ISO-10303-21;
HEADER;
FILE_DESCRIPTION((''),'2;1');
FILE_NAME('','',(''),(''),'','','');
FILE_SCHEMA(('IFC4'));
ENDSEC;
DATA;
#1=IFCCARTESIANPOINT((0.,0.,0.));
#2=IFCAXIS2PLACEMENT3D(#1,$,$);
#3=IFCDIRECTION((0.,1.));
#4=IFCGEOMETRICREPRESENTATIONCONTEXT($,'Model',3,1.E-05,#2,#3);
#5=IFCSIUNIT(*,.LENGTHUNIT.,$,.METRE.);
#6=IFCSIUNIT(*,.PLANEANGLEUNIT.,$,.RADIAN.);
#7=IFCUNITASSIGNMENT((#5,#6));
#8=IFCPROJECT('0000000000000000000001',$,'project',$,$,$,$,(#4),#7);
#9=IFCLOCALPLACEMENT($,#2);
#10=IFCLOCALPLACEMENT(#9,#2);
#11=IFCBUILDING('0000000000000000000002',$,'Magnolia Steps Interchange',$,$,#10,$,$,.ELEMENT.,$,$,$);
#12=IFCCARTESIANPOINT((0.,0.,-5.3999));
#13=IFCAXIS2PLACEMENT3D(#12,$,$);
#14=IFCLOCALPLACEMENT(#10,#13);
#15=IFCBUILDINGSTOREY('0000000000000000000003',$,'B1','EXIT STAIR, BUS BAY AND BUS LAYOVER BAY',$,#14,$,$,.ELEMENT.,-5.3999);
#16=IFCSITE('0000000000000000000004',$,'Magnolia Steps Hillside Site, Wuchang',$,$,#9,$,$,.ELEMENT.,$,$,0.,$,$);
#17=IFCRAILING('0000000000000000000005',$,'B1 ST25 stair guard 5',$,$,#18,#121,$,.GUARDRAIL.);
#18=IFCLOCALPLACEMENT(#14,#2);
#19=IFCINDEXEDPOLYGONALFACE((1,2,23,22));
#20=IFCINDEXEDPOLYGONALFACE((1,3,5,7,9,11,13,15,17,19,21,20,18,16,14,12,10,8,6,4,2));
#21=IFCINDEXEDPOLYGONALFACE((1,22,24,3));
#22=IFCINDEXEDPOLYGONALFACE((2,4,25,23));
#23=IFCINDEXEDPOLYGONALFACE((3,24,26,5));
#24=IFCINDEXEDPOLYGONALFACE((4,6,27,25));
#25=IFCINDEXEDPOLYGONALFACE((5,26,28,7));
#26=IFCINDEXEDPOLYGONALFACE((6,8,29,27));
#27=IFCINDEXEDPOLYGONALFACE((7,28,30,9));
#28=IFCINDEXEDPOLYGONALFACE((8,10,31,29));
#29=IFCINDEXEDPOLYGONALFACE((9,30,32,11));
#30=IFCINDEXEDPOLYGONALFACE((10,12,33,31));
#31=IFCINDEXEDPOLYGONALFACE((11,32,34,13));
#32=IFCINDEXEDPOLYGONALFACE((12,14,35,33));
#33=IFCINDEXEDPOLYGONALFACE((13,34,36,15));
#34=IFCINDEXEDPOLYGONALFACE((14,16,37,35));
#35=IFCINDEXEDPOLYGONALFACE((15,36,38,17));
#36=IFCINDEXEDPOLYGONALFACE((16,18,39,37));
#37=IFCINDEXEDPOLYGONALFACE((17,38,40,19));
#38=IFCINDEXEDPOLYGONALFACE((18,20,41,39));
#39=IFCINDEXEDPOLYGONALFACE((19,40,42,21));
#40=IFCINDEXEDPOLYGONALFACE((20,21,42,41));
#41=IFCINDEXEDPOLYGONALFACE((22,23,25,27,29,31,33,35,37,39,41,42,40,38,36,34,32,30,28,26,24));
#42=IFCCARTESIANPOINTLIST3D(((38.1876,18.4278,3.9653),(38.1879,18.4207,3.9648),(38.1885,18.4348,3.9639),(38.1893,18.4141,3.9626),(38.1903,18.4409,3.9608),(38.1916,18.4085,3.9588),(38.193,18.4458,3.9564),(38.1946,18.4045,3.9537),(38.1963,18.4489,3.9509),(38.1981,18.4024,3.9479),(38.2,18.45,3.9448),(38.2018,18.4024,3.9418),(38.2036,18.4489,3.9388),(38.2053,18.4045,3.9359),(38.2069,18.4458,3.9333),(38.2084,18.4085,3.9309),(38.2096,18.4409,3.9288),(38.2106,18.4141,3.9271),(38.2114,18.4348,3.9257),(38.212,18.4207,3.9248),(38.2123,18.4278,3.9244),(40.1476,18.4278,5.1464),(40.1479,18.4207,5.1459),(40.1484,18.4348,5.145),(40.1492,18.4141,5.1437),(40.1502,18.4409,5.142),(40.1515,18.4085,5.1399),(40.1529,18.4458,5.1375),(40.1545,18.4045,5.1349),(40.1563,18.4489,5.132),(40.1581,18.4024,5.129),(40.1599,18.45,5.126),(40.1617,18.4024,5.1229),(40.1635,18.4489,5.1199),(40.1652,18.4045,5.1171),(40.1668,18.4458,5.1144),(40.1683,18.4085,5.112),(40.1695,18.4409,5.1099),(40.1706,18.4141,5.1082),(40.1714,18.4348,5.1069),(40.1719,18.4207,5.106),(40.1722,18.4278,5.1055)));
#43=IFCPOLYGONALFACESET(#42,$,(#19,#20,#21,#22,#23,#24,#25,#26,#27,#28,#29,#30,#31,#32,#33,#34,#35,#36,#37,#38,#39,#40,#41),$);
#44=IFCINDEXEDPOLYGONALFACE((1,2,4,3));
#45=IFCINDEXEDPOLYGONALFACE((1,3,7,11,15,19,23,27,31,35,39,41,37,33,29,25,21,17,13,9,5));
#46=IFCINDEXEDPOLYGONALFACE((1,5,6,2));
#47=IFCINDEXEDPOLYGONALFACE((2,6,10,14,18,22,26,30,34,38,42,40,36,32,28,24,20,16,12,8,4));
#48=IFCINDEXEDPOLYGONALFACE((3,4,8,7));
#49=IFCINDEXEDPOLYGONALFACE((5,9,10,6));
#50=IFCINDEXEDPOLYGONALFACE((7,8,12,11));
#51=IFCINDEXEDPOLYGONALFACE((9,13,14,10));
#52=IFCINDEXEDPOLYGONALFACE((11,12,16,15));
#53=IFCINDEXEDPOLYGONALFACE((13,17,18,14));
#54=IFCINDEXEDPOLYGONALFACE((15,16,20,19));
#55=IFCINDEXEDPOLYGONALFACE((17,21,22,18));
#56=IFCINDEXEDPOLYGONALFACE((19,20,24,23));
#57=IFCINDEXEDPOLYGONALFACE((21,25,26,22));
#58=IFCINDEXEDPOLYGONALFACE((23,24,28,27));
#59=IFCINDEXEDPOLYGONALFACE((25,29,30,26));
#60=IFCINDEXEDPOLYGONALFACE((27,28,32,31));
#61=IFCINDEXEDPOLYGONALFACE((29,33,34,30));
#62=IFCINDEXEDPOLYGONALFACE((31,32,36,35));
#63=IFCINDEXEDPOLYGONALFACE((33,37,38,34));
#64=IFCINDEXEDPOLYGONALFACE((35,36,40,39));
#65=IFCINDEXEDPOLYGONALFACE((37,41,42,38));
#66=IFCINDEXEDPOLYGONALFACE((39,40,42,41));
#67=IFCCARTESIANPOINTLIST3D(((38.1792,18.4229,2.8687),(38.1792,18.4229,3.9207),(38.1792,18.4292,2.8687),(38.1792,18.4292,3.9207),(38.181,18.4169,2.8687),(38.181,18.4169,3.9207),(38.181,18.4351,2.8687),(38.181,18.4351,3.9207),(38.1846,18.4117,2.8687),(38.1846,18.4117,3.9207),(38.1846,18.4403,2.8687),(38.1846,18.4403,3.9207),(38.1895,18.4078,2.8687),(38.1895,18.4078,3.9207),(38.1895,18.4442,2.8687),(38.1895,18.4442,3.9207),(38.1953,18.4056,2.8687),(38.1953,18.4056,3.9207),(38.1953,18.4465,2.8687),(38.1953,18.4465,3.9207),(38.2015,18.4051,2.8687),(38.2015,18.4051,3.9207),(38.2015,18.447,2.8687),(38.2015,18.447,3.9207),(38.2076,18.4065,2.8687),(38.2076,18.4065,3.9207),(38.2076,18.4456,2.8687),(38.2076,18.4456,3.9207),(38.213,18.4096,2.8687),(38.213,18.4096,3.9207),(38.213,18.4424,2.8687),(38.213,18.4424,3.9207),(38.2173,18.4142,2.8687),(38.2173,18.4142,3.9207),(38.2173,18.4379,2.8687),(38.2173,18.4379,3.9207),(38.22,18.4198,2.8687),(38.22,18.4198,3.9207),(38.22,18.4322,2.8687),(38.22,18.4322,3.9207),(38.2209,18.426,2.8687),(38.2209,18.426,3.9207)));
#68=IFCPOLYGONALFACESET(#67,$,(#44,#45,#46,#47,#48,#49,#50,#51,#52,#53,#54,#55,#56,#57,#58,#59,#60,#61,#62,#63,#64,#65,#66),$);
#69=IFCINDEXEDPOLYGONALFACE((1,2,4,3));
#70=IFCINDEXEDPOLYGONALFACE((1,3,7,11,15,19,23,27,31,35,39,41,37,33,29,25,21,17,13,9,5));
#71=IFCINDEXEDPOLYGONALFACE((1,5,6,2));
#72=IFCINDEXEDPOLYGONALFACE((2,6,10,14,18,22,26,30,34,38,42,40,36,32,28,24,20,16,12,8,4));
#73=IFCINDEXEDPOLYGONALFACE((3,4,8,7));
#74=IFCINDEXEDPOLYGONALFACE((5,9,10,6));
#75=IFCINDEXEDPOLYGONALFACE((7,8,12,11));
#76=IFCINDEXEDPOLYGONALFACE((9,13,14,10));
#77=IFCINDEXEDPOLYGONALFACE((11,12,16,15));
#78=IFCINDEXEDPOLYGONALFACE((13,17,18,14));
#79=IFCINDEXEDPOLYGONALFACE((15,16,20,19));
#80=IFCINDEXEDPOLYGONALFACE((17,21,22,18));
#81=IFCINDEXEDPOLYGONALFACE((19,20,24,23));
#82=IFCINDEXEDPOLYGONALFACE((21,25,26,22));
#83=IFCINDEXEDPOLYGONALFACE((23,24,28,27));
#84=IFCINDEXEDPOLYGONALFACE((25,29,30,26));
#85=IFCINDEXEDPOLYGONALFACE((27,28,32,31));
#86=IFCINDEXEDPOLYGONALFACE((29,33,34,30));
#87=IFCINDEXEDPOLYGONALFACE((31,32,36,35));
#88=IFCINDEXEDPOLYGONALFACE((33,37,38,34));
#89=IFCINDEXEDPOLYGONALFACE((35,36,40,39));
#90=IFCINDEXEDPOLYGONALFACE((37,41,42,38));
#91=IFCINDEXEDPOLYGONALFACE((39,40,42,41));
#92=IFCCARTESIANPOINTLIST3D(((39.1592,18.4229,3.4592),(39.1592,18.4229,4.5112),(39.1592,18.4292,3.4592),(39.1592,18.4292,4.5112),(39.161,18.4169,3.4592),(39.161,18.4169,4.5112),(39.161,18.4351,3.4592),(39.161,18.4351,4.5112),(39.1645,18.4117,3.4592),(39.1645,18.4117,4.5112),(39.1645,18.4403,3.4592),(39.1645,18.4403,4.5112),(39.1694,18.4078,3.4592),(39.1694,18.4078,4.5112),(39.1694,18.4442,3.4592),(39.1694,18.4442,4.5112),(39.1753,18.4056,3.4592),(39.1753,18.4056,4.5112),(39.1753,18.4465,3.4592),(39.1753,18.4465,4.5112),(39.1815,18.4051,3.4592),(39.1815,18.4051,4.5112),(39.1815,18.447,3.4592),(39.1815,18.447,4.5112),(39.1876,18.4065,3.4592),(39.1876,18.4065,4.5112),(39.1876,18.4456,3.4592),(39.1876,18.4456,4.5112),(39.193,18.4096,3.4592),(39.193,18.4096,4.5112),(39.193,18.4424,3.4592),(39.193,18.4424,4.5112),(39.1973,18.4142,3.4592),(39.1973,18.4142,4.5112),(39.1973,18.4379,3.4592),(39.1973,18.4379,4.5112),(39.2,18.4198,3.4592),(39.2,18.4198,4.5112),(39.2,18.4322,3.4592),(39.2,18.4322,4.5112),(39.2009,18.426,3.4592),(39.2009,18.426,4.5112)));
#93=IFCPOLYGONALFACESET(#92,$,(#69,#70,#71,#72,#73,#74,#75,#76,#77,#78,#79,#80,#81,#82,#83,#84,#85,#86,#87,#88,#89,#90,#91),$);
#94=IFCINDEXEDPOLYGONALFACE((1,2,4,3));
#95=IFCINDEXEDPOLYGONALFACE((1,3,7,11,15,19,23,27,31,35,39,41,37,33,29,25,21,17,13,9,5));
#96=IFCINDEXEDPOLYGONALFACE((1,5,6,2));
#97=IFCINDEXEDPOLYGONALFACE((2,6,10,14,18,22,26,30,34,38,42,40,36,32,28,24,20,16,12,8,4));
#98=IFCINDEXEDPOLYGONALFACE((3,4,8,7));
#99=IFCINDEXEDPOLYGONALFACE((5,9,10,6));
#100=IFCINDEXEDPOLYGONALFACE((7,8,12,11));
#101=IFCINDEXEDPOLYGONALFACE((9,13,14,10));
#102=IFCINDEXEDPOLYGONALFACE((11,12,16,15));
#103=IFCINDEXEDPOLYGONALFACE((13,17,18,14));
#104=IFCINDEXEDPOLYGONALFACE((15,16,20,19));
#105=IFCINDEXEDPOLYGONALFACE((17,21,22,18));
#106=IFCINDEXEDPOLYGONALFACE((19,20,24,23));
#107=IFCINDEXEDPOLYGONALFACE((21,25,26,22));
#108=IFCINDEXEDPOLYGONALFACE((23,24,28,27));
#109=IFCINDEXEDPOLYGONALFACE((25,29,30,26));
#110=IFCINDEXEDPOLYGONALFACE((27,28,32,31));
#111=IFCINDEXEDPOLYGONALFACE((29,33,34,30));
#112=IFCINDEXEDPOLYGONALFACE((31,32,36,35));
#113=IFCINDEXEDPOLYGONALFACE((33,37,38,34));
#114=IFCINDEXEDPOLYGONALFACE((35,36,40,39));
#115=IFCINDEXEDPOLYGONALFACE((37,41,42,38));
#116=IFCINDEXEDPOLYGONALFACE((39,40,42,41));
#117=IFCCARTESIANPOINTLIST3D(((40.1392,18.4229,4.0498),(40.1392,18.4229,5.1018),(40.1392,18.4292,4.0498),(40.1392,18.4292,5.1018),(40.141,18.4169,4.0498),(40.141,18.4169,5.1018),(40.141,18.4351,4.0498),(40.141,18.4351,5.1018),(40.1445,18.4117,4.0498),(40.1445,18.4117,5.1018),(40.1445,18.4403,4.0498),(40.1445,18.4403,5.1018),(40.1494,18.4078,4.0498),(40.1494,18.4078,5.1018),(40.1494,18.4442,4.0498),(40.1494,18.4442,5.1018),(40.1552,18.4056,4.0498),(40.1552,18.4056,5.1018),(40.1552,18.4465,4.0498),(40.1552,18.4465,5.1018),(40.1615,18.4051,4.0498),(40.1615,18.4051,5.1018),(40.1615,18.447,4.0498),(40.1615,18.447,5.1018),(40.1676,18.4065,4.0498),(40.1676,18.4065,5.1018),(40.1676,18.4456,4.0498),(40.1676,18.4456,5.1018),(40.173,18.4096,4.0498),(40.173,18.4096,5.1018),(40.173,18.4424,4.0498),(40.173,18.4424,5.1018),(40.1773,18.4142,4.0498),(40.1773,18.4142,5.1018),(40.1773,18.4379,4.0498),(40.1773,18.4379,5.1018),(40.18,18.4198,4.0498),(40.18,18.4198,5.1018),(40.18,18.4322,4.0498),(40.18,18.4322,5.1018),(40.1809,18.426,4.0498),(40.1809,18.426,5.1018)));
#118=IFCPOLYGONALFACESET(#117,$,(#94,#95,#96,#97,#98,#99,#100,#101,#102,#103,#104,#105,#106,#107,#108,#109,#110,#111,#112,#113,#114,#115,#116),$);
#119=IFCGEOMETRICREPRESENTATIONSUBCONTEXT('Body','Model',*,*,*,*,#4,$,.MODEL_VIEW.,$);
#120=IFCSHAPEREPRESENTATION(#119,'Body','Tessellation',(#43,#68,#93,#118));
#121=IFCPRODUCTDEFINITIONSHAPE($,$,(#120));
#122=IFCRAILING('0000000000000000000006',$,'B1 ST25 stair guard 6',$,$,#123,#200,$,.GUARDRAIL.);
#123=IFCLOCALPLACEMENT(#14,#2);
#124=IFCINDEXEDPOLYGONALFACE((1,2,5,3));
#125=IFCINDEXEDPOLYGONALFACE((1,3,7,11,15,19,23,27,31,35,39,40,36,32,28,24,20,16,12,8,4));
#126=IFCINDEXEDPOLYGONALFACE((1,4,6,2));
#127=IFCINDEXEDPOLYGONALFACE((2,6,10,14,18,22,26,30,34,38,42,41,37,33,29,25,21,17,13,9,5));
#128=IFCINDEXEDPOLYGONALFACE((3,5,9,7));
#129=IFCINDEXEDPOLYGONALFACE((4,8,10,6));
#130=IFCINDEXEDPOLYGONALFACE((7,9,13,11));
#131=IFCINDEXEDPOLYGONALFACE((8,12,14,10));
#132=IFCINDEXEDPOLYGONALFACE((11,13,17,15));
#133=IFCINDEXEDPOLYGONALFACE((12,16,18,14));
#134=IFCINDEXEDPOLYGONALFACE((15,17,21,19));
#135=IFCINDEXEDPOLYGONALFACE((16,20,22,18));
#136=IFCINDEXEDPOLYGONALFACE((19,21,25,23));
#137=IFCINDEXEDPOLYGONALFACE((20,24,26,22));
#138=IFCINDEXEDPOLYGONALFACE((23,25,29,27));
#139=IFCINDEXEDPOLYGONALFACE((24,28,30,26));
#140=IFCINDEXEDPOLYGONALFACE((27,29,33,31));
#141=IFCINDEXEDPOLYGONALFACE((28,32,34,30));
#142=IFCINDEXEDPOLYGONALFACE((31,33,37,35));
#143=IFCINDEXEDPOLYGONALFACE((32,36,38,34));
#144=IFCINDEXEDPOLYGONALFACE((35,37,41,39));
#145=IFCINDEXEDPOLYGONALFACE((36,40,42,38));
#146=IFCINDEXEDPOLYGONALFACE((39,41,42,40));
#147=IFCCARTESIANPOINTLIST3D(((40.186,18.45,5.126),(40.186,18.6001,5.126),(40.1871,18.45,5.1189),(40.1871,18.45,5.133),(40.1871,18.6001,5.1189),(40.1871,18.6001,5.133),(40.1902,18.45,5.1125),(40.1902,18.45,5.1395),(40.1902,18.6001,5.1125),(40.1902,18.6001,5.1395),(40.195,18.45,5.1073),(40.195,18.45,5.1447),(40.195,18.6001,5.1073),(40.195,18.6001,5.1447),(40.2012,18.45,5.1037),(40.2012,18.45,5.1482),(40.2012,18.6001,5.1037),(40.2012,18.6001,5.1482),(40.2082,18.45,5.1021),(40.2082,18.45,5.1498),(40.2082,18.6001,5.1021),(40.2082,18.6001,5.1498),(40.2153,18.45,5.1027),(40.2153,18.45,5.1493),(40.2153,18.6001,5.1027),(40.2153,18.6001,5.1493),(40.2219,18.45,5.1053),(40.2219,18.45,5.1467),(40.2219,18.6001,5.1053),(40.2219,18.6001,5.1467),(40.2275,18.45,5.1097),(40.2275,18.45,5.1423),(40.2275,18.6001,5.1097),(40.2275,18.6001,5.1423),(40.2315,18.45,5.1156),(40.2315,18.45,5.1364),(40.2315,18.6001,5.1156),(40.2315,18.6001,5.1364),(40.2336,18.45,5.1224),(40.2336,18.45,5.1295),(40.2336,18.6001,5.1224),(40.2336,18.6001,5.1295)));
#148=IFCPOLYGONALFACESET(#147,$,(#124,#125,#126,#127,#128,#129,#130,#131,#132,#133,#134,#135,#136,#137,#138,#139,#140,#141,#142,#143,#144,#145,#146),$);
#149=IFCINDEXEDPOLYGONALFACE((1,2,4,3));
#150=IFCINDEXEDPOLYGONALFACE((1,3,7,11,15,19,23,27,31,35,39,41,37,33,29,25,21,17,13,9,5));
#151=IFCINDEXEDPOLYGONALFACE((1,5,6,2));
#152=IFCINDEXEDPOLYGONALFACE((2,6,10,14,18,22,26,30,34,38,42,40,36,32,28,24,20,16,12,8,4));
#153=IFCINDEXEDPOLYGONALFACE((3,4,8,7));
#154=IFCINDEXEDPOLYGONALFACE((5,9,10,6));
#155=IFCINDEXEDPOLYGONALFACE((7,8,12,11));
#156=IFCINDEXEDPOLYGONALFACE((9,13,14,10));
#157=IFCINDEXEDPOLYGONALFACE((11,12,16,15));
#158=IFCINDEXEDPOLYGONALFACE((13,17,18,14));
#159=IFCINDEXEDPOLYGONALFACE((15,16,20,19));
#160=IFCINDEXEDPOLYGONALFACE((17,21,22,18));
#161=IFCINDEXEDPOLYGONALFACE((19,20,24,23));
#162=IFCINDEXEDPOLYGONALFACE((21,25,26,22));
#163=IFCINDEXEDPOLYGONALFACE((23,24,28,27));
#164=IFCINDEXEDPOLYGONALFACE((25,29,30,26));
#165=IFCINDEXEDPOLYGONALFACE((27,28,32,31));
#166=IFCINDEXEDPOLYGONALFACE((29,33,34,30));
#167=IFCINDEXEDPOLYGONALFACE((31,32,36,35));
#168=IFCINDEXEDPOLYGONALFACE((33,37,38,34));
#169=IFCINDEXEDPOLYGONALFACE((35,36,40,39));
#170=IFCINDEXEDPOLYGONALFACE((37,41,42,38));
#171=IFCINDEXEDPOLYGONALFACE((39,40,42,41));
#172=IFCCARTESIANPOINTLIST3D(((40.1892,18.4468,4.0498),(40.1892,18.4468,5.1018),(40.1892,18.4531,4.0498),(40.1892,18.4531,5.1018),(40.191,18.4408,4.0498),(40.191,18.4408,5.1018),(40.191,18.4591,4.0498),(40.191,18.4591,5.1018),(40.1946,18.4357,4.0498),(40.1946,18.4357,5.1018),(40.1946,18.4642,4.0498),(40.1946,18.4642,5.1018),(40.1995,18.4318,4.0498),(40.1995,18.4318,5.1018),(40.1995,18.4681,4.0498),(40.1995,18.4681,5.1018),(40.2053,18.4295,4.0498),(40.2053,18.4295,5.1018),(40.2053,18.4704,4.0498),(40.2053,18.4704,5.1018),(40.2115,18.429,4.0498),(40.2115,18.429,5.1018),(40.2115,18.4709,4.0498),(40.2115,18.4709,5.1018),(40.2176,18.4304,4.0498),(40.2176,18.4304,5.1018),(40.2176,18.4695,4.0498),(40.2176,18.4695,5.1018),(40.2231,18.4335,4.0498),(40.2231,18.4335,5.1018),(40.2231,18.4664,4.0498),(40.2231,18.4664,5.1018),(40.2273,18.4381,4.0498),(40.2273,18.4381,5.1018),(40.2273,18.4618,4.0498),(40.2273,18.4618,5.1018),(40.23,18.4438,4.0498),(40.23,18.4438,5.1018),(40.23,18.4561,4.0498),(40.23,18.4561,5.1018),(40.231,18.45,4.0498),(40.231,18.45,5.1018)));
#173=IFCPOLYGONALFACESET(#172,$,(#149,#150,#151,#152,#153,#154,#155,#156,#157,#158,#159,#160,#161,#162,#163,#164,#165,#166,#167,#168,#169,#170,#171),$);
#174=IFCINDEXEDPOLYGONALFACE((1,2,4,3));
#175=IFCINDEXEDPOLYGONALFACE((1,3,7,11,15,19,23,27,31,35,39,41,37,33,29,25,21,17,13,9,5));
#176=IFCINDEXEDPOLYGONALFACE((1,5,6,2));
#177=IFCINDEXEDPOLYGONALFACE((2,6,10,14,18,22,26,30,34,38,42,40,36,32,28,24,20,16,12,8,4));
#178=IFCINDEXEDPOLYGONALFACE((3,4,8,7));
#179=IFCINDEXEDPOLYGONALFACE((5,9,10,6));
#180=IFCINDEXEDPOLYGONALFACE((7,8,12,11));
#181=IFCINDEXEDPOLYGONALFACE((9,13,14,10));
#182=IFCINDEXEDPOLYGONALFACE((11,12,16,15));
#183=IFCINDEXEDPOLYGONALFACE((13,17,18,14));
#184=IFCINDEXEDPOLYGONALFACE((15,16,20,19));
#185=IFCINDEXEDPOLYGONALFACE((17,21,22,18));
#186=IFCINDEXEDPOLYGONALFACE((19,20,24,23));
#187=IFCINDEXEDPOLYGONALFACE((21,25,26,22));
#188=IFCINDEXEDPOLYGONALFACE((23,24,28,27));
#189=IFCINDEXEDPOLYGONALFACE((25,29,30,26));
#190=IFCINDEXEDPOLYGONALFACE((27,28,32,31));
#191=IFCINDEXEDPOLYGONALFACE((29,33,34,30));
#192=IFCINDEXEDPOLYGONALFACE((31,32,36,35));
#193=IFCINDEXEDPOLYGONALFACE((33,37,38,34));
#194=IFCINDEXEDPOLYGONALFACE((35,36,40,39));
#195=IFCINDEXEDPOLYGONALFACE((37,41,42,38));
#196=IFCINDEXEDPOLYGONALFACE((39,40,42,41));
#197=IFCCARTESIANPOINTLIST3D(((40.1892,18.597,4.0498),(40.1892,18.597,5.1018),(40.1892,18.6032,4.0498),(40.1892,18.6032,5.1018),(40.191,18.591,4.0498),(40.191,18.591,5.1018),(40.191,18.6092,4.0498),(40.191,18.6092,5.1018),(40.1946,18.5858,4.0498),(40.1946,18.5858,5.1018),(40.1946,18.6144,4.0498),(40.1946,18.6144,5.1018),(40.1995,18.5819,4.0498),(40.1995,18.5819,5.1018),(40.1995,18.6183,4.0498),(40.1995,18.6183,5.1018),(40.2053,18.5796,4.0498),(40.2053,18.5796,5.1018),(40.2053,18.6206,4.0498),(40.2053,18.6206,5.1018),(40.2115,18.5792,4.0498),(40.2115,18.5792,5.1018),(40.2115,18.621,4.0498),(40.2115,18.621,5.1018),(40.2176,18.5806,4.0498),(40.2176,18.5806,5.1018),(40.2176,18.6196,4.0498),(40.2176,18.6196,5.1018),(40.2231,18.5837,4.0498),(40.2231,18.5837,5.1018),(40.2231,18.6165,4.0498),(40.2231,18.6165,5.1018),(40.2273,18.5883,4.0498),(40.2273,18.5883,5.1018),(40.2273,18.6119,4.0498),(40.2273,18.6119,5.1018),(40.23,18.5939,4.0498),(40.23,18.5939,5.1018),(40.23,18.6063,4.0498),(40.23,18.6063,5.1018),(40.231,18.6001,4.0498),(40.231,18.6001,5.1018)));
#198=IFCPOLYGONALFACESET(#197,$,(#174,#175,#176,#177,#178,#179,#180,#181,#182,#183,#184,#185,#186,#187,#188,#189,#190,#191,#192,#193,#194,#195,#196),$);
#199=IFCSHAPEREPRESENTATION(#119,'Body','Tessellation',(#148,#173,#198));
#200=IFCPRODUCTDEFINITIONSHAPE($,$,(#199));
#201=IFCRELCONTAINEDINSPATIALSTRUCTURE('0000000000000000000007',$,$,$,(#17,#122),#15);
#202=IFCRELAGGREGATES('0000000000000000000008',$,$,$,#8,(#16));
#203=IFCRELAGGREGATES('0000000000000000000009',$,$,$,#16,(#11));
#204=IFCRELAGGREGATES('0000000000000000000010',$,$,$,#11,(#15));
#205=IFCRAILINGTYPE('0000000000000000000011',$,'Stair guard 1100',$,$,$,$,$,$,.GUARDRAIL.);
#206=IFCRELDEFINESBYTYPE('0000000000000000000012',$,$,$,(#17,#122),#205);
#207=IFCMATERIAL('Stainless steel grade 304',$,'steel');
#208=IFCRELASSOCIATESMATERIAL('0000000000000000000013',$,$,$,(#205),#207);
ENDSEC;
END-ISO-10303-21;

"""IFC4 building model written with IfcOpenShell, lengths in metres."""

from ifc_helpers import new_model, si_unit, direction, frame, origin, origin_2d, place, context, subcontext, project, spatial, circle, extrude, material, type_object, element, save


model = new_model("IFC4")

# Units and contexts
model_context = context("Model", 3, precision=1e-05, world=origin(), true_north=direction((0.0, 1.0)))
body_context = subcontext(model_context, "Body", "Model", "MODEL_VIEW")
ifc_project = project(units=[si_unit("LENGTHUNIT", "METRE"), si_unit("PLANEANGLEUNIT", "RADIAN")], contexts=[model_context])

# Site, building, storey
site_placement = place(None, origin())
site = spatial("IfcSite", under=ifc_project, at=site_placement, Name="Magnolia Steps Hillside Site, Wuchang", CompositionType="ELEMENT", RefElevation=0.0)
building_placement = place(site_placement, origin())
building = spatial("IfcBuilding", under=site, at=building_placement, Name="Magnolia Steps Interchange", CompositionType="ELEMENT")
storey_placement = place(building_placement, frame((0.0, 0.0, -5.3999)))
storey = spatial("IfcBuildingStorey", under=building, at=storey_placement, Name="B1", Description="EXIT STAIR, BUS BAY AND BUS LAYOVER BAY", CompositionType="ELEMENT", Elevation=-5.3999)

# Railings
ifc_material_1 = material(Name="Stainless steel grade 304", Category="steel")
railing_type_1 = type_object("IfcRailingType", Name="Stair guard 1100", PredefinedType="GUARDRAIL", material=ifc_material_1)
railing_1_placement = place(storey_placement, frame((38.2, 18.426, 2.8687)))
element("IfcRailing", 1, at=railing_1_placement, inside=storey, type_object=railing_type_1, Name="B1 ST25 stair guard 5", PredefinedType="GUARDRAIL", context=body_context, shape_type="SweptSolid", body=[
    extrude(circle(Radius=0.0239, at=origin_2d()), frame((0.0, 0.0, 1.0762), z_axis=(0.856493, 0.0, 0.516158), x_axis=(0.0, 1.0, 0.0)), (0.0, 0.0, 1.0), 2.2883),
    extrude(circle(Radius=0.021, at=origin_2d()), origin(), (0.0, 0.0, 1.0), 1.052),
    extrude(circle(Radius=0.021, at=origin_2d()), frame((0.98, 0.0, 0.5906)), (0.0, 0.0, 1.0), 1.052),
    extrude(circle(Radius=0.021, at=origin_2d()), frame((1.96, 0.0, 1.1812)), (0.0, 0.0, 1.0), 1.052),
])
railing_2_placement = place(storey_placement, frame((40.21, 18.45, 4.0498)))
element("IfcRailing", 2, at=railing_2_placement, inside=storey, type_object=railing_type_1, Name="B1 ST25 stair guard 6", PredefinedType="GUARDRAIL", context=body_context, shape_type="SweptSolid", body=[
    extrude(circle(Radius=0.0239, at=origin_2d()), frame((0.0, 0.0, 1.0762), z_axis=(0.0, 1.0, 0.0), x_axis=(-1.0, 0.0, 0.0)), (0.0, 0.0, 1.0), 0.1501),
    extrude(circle(Radius=0.021, at=origin_2d()), origin(), (0.0, 0.0, 1.0), 1.052),
    extrude(circle(Radius=0.021, at=origin_2d()), frame((0.0, 0.1501, 0.0)), (0.0, 0.0, 1.0), 1.052),
])

save(model, "model.ifc")
